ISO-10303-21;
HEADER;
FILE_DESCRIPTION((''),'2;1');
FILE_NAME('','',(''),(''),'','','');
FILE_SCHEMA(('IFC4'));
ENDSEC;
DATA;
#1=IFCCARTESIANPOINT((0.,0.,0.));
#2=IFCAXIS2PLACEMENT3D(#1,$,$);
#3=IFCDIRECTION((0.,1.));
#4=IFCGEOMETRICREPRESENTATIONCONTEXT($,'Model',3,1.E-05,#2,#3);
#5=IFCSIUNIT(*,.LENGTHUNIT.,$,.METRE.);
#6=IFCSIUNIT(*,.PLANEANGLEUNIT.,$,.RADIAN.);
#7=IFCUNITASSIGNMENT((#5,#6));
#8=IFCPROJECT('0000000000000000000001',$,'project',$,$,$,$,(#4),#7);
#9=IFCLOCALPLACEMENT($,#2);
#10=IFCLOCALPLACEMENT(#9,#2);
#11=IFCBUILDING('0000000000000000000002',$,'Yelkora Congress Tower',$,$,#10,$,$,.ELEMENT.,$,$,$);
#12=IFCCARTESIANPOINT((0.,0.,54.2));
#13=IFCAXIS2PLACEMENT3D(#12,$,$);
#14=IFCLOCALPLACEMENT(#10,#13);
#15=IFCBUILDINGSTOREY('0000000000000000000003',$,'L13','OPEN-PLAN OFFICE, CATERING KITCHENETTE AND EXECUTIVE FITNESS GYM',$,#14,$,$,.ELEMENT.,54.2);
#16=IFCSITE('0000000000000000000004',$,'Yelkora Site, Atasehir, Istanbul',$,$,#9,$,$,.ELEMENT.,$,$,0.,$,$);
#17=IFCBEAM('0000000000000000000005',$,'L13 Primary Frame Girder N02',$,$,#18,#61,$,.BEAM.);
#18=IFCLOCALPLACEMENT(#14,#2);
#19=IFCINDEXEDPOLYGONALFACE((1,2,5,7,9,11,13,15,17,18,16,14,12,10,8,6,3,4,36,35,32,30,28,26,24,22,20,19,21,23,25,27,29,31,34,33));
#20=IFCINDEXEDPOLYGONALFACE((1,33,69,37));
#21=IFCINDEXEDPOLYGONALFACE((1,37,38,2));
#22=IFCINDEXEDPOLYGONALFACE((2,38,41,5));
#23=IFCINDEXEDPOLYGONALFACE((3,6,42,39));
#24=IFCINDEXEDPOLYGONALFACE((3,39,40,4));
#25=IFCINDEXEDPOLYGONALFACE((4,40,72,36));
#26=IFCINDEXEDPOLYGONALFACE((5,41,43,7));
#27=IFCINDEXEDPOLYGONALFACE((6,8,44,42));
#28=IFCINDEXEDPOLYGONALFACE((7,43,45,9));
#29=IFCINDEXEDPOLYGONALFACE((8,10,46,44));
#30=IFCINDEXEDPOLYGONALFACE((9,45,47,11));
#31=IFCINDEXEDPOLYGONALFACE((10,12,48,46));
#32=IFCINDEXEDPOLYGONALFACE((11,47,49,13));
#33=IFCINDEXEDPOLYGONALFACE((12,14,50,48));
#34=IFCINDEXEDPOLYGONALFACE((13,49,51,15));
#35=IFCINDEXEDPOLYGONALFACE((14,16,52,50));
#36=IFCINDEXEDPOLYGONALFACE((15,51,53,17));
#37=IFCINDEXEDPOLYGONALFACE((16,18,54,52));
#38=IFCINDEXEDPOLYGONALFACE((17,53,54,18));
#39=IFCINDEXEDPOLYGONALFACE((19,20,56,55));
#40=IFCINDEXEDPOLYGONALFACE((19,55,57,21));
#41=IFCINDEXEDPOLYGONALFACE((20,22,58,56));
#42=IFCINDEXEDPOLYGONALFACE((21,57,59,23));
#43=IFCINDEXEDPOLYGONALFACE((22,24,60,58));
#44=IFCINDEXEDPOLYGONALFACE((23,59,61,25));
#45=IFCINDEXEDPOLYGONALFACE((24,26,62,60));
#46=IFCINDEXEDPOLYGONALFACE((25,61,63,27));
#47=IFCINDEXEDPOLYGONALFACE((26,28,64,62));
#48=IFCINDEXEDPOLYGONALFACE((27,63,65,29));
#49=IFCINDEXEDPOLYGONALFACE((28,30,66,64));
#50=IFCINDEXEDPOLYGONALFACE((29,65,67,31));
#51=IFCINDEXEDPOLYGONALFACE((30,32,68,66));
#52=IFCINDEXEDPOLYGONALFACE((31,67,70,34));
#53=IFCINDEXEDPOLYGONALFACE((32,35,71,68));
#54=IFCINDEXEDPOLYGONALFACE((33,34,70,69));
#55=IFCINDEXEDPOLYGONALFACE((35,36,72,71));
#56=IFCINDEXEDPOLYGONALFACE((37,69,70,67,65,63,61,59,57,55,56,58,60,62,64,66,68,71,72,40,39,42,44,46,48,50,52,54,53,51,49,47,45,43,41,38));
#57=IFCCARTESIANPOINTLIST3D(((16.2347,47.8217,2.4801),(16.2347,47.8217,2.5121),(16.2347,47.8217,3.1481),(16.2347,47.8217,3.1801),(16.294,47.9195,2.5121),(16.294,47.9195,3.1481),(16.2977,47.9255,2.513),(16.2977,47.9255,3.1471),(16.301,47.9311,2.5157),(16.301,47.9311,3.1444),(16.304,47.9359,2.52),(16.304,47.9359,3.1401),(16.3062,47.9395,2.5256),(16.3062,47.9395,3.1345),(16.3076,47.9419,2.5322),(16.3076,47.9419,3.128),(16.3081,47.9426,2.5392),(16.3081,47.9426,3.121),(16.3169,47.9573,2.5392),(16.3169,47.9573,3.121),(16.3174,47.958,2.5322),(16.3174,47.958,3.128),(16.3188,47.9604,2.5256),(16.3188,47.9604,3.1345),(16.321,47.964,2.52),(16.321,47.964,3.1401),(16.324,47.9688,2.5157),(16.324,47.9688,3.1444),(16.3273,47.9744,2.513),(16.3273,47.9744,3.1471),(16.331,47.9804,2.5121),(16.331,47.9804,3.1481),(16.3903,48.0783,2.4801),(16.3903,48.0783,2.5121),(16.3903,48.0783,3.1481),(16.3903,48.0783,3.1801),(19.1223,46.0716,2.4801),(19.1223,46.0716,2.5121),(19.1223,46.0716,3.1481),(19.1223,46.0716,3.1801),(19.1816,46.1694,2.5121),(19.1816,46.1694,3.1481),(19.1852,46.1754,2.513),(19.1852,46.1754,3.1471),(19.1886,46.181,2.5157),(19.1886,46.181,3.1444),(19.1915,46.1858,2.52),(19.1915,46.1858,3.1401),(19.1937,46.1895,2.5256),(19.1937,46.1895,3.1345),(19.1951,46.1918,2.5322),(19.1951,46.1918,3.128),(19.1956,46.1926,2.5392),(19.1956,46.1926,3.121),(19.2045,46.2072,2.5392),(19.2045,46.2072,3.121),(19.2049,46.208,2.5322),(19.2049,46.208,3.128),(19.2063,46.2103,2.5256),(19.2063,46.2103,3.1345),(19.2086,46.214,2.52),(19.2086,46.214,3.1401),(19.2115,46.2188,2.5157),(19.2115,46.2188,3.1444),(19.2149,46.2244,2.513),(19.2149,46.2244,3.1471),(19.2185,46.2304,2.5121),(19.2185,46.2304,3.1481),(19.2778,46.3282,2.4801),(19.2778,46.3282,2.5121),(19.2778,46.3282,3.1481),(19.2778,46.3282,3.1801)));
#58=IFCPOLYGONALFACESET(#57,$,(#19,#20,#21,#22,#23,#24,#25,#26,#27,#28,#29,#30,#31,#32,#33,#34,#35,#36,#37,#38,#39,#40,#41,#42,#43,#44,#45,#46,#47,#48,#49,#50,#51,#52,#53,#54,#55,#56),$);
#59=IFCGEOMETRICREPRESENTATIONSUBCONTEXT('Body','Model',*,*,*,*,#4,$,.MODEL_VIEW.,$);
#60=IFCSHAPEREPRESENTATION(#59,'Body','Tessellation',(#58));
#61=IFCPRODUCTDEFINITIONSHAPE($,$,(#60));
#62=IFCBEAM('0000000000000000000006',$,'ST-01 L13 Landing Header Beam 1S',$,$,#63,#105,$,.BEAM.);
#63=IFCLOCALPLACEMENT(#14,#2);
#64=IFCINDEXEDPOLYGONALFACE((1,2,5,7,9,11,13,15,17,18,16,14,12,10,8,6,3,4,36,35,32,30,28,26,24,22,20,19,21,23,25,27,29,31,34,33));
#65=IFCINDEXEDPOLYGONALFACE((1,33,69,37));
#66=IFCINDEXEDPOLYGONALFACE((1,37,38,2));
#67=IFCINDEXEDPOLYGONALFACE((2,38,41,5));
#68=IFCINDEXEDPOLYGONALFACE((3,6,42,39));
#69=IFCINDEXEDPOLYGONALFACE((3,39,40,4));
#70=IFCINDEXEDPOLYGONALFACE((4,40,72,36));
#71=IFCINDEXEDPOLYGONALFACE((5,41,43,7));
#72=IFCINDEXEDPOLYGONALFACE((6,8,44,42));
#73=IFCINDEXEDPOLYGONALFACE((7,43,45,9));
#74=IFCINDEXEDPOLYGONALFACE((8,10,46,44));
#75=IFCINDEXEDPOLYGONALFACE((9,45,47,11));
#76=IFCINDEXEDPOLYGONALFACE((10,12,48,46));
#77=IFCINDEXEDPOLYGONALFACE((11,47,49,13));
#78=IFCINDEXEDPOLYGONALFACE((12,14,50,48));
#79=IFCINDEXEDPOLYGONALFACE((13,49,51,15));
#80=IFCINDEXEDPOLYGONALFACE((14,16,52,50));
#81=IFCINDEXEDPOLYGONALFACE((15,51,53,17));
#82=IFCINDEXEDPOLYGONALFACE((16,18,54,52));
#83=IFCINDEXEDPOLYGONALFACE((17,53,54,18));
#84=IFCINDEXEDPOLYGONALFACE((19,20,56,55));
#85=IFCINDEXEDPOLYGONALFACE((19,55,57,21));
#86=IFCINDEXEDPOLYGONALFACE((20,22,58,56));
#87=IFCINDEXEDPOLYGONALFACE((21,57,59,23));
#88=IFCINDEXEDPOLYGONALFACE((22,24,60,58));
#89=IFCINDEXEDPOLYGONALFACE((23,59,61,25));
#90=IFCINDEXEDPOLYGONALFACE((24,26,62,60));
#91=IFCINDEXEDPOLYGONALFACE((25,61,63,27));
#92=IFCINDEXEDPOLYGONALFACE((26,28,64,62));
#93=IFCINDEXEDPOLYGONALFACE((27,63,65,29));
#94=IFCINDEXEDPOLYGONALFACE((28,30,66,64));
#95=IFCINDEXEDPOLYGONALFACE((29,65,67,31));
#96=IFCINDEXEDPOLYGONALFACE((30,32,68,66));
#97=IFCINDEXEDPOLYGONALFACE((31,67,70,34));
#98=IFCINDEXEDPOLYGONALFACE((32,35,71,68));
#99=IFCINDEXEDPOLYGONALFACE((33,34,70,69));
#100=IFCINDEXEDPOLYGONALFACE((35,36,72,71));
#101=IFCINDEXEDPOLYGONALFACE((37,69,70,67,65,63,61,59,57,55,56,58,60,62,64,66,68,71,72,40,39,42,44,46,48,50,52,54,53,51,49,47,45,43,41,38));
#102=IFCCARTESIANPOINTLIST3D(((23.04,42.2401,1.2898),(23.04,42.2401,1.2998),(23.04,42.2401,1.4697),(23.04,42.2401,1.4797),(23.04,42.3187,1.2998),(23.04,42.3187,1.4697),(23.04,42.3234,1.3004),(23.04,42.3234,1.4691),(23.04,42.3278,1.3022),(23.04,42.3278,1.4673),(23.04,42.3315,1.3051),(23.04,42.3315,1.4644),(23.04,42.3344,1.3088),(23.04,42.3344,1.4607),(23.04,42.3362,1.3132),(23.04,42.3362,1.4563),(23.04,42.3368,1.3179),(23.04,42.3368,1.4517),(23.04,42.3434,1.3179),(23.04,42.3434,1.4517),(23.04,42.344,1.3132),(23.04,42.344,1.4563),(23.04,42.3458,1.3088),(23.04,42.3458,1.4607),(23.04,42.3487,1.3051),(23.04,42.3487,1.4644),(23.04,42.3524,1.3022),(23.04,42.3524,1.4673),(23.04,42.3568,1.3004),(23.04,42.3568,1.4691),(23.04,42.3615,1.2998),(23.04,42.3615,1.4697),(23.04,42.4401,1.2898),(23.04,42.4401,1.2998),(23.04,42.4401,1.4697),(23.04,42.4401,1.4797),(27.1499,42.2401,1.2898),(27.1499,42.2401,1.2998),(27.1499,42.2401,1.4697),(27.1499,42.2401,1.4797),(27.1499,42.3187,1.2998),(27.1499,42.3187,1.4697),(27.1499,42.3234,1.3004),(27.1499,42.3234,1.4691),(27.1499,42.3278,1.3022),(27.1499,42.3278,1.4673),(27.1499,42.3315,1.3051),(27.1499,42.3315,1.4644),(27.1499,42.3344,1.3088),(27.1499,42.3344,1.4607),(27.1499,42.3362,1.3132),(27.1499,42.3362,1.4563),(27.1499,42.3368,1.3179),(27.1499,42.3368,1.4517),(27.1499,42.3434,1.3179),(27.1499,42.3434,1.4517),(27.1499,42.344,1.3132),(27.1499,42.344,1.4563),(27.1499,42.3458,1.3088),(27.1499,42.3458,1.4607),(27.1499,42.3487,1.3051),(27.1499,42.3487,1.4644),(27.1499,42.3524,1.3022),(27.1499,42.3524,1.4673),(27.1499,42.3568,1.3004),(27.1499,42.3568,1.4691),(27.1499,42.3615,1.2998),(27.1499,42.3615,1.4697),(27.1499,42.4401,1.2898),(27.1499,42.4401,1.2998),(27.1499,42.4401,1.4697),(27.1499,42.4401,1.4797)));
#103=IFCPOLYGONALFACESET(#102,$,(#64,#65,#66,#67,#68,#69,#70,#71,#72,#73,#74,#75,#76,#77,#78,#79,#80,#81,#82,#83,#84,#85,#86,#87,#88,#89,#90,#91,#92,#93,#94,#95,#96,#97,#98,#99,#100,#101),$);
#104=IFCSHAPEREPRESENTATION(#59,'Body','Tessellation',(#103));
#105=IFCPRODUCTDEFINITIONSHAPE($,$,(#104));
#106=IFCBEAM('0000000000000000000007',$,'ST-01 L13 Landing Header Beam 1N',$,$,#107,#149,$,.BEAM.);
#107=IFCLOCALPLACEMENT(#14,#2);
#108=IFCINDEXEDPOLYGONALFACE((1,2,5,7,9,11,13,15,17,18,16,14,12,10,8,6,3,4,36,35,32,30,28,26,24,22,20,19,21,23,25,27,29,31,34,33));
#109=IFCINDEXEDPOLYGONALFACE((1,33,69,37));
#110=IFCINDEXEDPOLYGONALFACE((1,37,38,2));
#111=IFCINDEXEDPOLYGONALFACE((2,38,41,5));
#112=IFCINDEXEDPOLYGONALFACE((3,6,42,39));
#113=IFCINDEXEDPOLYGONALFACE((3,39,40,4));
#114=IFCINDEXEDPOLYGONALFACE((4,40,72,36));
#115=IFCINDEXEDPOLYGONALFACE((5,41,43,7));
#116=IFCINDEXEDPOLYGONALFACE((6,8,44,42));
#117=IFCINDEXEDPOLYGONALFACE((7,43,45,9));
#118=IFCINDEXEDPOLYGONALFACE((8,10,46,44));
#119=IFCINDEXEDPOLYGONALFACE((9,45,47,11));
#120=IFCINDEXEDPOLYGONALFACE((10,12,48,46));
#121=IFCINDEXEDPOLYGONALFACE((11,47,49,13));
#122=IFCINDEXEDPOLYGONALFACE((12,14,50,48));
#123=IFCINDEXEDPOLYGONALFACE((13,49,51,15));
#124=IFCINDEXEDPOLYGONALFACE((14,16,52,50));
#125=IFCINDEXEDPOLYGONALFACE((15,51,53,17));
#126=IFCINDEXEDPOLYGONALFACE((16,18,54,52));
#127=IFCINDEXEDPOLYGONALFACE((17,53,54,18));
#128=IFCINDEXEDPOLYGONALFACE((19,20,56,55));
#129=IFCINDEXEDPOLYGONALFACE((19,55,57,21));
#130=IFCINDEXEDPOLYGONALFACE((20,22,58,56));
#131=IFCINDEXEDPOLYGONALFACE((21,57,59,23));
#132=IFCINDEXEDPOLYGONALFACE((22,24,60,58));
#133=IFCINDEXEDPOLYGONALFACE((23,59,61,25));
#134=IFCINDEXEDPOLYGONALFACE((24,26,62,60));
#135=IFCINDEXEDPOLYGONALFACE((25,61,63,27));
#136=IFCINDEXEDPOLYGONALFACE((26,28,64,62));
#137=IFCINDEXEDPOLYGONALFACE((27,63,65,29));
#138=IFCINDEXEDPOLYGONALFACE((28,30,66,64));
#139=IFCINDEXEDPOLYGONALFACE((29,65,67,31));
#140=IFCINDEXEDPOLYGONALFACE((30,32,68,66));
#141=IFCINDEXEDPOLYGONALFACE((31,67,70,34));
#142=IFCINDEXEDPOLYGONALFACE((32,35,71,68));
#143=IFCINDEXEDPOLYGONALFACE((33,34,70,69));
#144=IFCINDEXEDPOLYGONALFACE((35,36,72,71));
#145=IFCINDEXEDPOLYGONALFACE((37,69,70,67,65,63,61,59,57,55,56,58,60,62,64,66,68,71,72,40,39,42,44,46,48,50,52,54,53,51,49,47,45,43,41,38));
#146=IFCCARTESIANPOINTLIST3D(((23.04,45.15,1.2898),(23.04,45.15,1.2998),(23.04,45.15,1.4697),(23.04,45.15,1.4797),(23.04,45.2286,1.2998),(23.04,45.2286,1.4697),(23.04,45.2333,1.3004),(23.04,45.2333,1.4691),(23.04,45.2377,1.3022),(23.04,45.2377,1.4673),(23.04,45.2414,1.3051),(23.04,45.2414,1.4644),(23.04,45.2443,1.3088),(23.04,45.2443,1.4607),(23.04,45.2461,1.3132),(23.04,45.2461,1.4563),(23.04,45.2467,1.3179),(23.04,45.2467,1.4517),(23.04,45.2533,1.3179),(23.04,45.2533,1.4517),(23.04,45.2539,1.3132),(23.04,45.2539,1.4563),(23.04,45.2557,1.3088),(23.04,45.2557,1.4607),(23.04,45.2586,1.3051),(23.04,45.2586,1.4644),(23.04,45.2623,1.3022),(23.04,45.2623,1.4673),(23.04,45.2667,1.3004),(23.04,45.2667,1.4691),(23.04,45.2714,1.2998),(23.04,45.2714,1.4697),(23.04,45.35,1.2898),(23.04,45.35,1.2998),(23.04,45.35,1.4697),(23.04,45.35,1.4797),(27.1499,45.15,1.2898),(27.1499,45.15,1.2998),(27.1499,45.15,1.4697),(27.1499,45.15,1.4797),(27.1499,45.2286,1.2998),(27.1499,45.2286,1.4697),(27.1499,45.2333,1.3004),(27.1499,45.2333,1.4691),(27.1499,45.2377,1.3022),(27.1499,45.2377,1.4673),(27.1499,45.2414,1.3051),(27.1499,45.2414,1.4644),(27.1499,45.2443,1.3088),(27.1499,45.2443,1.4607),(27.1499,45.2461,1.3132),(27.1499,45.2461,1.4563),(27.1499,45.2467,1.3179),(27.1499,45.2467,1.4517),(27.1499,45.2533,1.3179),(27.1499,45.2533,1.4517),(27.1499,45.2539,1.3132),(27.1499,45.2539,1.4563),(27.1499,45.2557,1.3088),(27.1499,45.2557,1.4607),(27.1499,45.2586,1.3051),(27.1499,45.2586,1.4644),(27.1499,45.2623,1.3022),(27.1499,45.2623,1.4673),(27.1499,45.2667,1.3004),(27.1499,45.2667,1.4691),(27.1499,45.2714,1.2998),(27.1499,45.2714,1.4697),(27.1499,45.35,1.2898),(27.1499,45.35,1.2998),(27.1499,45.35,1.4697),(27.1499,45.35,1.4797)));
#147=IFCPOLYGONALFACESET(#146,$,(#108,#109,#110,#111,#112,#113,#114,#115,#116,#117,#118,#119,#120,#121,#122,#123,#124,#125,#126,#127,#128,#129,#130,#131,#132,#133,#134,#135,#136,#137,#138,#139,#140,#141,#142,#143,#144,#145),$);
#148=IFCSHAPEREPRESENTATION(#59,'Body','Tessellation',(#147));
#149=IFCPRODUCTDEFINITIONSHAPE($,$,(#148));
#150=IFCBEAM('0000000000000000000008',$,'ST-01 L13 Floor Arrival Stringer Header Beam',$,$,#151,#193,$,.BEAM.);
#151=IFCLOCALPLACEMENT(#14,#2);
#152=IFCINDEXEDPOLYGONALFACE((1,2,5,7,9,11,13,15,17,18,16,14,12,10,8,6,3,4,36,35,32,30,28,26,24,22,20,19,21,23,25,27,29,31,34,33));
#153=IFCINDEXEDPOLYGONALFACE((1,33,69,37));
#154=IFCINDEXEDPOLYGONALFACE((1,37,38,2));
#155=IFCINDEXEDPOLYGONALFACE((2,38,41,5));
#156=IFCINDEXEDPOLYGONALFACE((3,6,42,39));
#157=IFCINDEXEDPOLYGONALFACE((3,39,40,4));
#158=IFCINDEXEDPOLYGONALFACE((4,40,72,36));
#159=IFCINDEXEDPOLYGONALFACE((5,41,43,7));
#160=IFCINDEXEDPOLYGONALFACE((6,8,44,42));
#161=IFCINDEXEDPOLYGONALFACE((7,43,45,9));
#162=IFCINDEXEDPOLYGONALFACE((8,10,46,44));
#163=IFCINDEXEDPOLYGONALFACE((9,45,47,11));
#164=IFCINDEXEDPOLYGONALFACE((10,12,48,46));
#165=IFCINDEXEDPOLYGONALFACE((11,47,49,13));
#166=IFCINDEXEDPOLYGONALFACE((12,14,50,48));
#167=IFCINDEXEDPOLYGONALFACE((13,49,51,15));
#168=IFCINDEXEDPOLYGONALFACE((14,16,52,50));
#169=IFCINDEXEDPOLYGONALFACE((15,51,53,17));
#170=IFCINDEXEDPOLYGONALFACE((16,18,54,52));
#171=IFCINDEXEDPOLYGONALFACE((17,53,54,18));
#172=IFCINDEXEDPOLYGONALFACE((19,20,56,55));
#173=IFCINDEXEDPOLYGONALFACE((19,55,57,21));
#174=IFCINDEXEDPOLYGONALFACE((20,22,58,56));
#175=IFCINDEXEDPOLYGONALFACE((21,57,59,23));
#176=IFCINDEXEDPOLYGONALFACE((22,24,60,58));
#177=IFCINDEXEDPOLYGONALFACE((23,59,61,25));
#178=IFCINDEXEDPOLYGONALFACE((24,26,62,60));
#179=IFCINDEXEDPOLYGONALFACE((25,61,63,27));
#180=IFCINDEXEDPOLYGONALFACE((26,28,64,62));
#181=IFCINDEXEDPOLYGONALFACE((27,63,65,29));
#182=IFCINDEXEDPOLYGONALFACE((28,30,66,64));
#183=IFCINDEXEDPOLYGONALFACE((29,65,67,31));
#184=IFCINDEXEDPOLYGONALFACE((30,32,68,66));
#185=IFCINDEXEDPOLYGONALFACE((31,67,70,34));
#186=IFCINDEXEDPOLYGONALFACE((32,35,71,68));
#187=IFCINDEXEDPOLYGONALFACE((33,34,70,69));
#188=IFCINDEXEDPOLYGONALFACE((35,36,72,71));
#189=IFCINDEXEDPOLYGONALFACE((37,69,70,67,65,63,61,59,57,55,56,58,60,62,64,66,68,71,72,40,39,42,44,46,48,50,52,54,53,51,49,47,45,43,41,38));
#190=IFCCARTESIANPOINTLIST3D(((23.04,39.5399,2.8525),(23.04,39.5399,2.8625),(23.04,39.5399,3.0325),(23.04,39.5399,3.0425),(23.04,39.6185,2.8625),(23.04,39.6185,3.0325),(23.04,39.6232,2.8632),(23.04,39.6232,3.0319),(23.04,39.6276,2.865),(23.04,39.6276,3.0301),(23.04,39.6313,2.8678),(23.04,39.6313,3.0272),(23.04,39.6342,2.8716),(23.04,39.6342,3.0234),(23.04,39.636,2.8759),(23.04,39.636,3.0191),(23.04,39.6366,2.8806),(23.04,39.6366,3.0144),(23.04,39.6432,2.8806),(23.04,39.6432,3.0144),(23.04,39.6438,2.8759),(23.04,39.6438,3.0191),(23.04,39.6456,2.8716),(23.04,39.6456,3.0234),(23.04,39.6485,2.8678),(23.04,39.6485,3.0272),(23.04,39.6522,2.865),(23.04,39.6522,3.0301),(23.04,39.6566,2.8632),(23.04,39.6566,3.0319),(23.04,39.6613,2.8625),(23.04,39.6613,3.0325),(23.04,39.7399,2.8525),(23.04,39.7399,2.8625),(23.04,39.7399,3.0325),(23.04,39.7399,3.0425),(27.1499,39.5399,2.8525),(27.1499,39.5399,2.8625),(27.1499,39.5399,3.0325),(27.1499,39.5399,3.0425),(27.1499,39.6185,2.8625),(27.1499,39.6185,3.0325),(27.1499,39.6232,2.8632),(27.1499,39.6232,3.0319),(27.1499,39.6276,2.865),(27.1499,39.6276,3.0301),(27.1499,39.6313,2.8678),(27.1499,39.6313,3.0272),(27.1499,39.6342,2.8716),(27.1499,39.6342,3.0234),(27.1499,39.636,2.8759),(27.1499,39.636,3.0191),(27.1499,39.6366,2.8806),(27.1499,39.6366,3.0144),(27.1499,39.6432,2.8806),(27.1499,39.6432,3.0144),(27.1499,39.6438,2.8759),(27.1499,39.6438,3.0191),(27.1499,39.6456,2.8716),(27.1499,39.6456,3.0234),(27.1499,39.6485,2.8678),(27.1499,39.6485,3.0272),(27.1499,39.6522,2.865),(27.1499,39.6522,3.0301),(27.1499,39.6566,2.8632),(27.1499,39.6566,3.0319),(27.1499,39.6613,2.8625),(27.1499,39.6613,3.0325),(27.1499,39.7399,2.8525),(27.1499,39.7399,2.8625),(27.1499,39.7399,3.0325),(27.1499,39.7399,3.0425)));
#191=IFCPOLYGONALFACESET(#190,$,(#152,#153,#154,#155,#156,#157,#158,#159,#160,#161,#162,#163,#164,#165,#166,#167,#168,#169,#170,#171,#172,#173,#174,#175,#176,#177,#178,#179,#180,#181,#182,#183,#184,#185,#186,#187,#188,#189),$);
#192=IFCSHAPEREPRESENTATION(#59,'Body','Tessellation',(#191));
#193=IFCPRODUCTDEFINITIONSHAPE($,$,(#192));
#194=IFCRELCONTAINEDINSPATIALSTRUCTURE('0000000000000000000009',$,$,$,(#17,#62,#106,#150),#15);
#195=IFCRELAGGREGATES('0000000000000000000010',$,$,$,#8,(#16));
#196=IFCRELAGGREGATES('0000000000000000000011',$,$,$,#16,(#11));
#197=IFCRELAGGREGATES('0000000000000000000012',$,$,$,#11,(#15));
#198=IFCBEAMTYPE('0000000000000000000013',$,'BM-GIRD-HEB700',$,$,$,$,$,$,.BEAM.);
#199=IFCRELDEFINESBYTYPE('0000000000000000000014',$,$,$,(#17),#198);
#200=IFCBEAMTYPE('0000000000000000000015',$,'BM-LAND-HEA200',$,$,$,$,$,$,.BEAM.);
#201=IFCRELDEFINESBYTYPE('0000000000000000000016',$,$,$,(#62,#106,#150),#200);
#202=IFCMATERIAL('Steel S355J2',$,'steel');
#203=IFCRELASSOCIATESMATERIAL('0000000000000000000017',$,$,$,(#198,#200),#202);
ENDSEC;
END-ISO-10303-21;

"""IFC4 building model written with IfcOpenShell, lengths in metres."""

from ifc_helpers import new_model, si_unit, direction, frame, origin, origin_2d, place, context, subcontext, project, spatial, i_section, extrude, material, material_profile, profile_set, type_object, element, save


model = new_model("IFC4")

# Units and contexts
model_context = context("Model", 3, precision=1e-05, world=origin(), true_north=direction((0.0, 1.0)))
body_context = subcontext(model_context, "Body", "Model", "MODEL_VIEW")
ifc_project = project(units=[si_unit("LENGTHUNIT", "METRE"), si_unit("PLANEANGLEUNIT", "RADIAN")], contexts=[model_context])

# Site, building, storey
site_placement = place(None, origin())
site = spatial("IfcSite", under=ifc_project, at=site_placement, Name="Yelkora Site, Atasehir, Istanbul", CompositionType="ELEMENT", RefElevation=0.0)
building_placement = place(site_placement, origin())
building = spatial("IfcBuilding", under=site, at=building_placement, Name="Yelkora Congress Tower", CompositionType="ELEMENT")
storey_placement = place(building_placement, frame((0.0, 0.0, 54.2)))
storey = spatial("IfcBuildingStorey", under=building, at=storey_placement, Name="L13", Description="OPEN-PLAN OFFICE, CATERING KITCHENETTE AND EXECUTIVE FITNESS GYM", CompositionType="ELEMENT", Elevation=54.2)

# Beams
ifc_material_1 = material(Name="Steel S355J2", Category="steel")
ifc_material_profile_1 = material_profile(ifc_material_1, i_section(OverallWidth=0.3, OverallDepth=0.7, WebThickness=0.0171, FlangeThickness=0.032, FilletRadius=0.0271, at=origin_2d()), Name="HEB 700")
ifc_profile_set_1 = profile_set([ifc_material_profile_1], Name="Steel S355J2")
beam_type_1 = type_object("IfcBeamType", Name="BM-GIRD-HEB700", PredefinedType="BEAM", material=ifc_profile_set_1)
beam_1_placement = place(storey_placement, frame((16.3125, 47.95, 2.8301), z_axis=(0.855194, -0.518308, 0.0), x_axis=(0.518308, 0.855194, 0.0)))
element("IfcBeam", 1, at=beam_1_placement, inside=storey, type_object=beam_type_1, Name="L13 Primary Frame Girder N02", PredefinedType="BEAM", context=body_context, shape_type="SweptSolid", body=[
    extrude(i_section(OverallWidth=0.3, OverallDepth=0.7, WebThickness=0.0171, FlangeThickness=0.032, FilletRadius=0.0271, at=origin_2d()), origin(), (0.0, 0.0, 1.0), 3.3765),
])
ifc_material_profile_2 = material_profile(ifc_material_1, i_section(OverallWidth=0.2, OverallDepth=0.1899, WebThickness=0.0066, FlangeThickness=0.01, FilletRadius=0.0181, at=origin_2d()), Name="HEA 200")
ifc_profile_set_2 = profile_set([ifc_material_profile_2], Name="Steel S355J2")
beam_type_2 = type_object("IfcBeamType", Name="BM-LAND-HEA200", PredefinedType="BEAM", material=ifc_profile_set_2)
for number, where, z_axis, x_axis, name in (
    (2, (23.04, 42.3401, 1.3848), (1.0, 0.0, 0.0), (0.0, 1.0, 0.0), "ST-01 L13 Landing Header Beam 1S"),
    (3, (23.04, 45.25, 1.3848), (1.0, 0.0, 0.0), (0.0, 1.0, 0.0), "ST-01 L13 Landing Header Beam 1N"),
    (4, (23.04, 39.6399, 2.9475), (1.0, 0.0, 0.0), (0.0, 1.0, 0.0), "ST-01 L13 Floor Arrival Stringer Header Beam"),
):
    element("IfcBeam", number, at=place(storey_placement, frame(where, z_axis=z_axis, x_axis=x_axis)), inside=storey, type_object=beam_type_2, Name=name, PredefinedType="BEAM", context=body_context, shape_type="SweptSolid", body=[
        extrude(i_section(OverallWidth=0.2, OverallDepth=0.1899, WebThickness=0.0066, FlangeThickness=0.01, FilletRadius=0.0181, at=origin_2d()), origin(), (0.0, 0.0, 1.0), 4.1099),
    ])

save(model, "model.ifc")
